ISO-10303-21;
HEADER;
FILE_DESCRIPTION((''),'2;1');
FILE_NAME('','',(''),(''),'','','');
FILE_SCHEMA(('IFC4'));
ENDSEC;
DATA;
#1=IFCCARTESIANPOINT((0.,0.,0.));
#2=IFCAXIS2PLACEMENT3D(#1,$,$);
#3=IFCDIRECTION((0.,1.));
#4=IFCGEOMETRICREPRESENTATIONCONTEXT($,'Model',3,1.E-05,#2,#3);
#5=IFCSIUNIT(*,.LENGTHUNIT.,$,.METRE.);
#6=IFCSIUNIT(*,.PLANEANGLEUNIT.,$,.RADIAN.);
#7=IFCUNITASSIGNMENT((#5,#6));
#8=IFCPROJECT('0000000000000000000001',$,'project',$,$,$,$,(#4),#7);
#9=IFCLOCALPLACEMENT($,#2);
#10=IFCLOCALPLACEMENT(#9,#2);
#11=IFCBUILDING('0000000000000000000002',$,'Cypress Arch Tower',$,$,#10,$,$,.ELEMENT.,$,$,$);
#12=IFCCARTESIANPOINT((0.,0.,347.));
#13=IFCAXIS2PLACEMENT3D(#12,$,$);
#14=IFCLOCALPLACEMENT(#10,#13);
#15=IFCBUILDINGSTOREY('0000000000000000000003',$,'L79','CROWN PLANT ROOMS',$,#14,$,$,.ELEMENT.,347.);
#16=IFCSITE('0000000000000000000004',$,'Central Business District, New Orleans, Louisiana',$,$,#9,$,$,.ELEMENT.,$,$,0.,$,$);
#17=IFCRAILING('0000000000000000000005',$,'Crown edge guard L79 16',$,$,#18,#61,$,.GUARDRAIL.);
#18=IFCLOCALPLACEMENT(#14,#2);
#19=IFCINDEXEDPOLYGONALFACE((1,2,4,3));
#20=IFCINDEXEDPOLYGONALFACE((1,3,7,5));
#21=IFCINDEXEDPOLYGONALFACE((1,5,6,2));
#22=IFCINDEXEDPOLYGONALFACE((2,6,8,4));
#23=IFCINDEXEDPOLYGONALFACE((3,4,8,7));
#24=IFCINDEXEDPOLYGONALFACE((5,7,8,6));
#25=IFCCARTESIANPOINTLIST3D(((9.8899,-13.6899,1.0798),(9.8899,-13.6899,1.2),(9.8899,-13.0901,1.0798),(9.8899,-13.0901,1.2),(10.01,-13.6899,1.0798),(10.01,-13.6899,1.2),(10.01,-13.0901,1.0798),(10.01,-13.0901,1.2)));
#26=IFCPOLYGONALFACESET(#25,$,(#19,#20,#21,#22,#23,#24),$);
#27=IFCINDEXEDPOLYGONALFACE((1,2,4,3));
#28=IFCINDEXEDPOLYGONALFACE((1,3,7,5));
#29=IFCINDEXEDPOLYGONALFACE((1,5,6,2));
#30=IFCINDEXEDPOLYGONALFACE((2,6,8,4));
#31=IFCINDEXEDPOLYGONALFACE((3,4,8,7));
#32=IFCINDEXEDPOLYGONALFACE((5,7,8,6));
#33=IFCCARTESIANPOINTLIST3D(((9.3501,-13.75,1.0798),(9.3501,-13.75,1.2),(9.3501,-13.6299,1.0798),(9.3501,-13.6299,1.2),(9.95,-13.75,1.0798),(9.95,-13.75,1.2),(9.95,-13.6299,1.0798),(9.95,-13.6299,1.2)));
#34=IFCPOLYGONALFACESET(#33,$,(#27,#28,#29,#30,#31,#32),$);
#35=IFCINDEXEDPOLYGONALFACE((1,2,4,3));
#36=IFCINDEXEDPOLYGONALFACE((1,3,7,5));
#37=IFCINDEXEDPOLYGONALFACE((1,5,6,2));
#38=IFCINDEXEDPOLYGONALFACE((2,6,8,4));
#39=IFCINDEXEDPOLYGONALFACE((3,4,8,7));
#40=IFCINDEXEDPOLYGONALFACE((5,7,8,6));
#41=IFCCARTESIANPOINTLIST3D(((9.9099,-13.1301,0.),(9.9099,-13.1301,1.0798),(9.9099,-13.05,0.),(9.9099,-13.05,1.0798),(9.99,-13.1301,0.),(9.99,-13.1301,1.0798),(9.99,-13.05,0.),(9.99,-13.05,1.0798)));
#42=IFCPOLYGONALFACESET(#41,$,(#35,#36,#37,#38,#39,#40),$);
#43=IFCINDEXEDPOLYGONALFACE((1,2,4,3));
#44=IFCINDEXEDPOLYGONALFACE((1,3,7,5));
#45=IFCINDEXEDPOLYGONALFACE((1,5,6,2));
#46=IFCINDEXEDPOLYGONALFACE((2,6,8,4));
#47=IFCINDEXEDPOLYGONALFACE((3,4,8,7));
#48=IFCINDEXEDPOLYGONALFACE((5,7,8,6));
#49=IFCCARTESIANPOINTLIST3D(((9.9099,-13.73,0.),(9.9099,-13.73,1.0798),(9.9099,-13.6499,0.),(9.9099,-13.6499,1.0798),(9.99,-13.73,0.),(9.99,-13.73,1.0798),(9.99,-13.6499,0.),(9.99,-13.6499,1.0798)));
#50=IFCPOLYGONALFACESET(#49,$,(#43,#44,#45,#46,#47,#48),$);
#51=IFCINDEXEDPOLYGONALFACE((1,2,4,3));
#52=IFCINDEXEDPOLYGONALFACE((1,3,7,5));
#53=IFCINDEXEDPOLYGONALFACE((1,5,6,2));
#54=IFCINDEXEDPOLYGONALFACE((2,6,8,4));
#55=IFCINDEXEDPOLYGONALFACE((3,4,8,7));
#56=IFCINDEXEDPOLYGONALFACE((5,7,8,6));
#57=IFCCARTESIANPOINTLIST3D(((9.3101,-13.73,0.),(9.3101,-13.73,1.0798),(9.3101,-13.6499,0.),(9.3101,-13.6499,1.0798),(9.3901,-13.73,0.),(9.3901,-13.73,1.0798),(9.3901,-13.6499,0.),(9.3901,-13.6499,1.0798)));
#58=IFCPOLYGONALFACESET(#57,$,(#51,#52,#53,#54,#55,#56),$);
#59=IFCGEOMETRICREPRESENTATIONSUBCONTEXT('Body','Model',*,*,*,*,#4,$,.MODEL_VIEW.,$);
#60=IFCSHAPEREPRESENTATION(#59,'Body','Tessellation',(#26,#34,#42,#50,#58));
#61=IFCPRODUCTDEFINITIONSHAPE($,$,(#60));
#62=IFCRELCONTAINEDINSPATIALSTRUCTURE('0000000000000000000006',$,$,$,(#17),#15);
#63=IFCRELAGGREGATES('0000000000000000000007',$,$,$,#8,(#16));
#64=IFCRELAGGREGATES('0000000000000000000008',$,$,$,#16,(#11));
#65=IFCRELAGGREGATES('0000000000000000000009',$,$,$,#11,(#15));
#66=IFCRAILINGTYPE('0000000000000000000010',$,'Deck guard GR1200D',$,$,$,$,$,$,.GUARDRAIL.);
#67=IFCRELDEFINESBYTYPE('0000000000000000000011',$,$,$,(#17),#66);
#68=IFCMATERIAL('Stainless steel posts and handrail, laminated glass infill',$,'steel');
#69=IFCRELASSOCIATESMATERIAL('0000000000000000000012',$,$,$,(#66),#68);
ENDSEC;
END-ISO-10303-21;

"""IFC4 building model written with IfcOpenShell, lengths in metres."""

from ifc_helpers import new_model, si_unit, direction, frame, origin, origin_2d, place, context, subcontext, project, spatial, rectangle, extrude, material, type_object, element, save


model = new_model("IFC4")

# Units and contexts
model_context = context("Model", 3, precision=1e-05, world=origin(), true_north=direction((0.0, 1.0)))
body_context = subcontext(model_context, "Body", "Model", "MODEL_VIEW")
ifc_project = project(units=[si_unit("LENGTHUNIT", "METRE"), si_unit("PLANEANGLEUNIT", "RADIAN")], contexts=[model_context])

# Site, building, storey
site_placement = place(None, origin())
site = spatial("IfcSite", under=ifc_project, at=site_placement, Name="Central Business District, New Orleans, Louisiana", CompositionType="ELEMENT", RefElevation=0.0)
building_placement = place(site_placement, origin())
building = spatial("IfcBuilding", under=site, at=building_placement, Name="Cypress Arch Tower", CompositionType="ELEMENT")
storey_placement = place(building_placement, frame((0.0, 0.0, 347.0)))
storey = spatial("IfcBuildingStorey", under=building, at=storey_placement, Name="L79", Description="CROWN PLANT ROOMS", CompositionType="ELEMENT", Elevation=347.0)

# Railing
ifc_material_1 = material(Name="Stainless steel posts and handrail, laminated glass infill", Category="steel")
railing_type_1 = type_object("IfcRailingType", Name="Deck guard GR1200D", PredefinedType="GUARDRAIL", material=ifc_material_1)
railing_1_placement = place(storey_placement, frame((9.95, -13.0901, 0.0)))
element("IfcRailing", 1, at=railing_1_placement, inside=storey, type_object=railing_type_1, Name="Crown edge guard L79 16", PredefinedType="GUARDRAIL", context=body_context, shape_type="SweptSolid", body=[
    extrude(rectangle(XDim=0.1201, YDim=0.1201, at=origin_2d()), frame((0.0, 0.0, 1.1399), z_axis=(0.0, -1.0, 0.0), x_axis=(1.0, 0.0, 0.0)), (0.0, 0.0, 1.0), 0.5999),
    extrude(rectangle(XDim=0.1201, YDim=0.1201, at=origin_2d()), frame((0.0, -0.5999, 1.1399), z_axis=(-1.0, 0.0, 0.0), x_axis=(0.0, -1.0, 0.0)), (0.0, 0.0, 1.0), 0.5999),
    extrude(rectangle(XDim=0.0801, YDim=0.0801, at=origin_2d()), origin(), (0.0, 0.0, 1.0), 1.0798),
    extrude(rectangle(XDim=0.0801, YDim=0.0801, at=origin_2d()), frame((0.0, -0.5999, 0.0)), (0.0, 0.0, 1.0), 1.0798),
    extrude(rectangle(XDim=0.0801, YDim=0.0801, at=origin_2d()), frame((-0.5999, -0.5999, 0.0)), (0.0, 0.0, 1.0), 1.0798),
])

save(model, "model.ifc")
